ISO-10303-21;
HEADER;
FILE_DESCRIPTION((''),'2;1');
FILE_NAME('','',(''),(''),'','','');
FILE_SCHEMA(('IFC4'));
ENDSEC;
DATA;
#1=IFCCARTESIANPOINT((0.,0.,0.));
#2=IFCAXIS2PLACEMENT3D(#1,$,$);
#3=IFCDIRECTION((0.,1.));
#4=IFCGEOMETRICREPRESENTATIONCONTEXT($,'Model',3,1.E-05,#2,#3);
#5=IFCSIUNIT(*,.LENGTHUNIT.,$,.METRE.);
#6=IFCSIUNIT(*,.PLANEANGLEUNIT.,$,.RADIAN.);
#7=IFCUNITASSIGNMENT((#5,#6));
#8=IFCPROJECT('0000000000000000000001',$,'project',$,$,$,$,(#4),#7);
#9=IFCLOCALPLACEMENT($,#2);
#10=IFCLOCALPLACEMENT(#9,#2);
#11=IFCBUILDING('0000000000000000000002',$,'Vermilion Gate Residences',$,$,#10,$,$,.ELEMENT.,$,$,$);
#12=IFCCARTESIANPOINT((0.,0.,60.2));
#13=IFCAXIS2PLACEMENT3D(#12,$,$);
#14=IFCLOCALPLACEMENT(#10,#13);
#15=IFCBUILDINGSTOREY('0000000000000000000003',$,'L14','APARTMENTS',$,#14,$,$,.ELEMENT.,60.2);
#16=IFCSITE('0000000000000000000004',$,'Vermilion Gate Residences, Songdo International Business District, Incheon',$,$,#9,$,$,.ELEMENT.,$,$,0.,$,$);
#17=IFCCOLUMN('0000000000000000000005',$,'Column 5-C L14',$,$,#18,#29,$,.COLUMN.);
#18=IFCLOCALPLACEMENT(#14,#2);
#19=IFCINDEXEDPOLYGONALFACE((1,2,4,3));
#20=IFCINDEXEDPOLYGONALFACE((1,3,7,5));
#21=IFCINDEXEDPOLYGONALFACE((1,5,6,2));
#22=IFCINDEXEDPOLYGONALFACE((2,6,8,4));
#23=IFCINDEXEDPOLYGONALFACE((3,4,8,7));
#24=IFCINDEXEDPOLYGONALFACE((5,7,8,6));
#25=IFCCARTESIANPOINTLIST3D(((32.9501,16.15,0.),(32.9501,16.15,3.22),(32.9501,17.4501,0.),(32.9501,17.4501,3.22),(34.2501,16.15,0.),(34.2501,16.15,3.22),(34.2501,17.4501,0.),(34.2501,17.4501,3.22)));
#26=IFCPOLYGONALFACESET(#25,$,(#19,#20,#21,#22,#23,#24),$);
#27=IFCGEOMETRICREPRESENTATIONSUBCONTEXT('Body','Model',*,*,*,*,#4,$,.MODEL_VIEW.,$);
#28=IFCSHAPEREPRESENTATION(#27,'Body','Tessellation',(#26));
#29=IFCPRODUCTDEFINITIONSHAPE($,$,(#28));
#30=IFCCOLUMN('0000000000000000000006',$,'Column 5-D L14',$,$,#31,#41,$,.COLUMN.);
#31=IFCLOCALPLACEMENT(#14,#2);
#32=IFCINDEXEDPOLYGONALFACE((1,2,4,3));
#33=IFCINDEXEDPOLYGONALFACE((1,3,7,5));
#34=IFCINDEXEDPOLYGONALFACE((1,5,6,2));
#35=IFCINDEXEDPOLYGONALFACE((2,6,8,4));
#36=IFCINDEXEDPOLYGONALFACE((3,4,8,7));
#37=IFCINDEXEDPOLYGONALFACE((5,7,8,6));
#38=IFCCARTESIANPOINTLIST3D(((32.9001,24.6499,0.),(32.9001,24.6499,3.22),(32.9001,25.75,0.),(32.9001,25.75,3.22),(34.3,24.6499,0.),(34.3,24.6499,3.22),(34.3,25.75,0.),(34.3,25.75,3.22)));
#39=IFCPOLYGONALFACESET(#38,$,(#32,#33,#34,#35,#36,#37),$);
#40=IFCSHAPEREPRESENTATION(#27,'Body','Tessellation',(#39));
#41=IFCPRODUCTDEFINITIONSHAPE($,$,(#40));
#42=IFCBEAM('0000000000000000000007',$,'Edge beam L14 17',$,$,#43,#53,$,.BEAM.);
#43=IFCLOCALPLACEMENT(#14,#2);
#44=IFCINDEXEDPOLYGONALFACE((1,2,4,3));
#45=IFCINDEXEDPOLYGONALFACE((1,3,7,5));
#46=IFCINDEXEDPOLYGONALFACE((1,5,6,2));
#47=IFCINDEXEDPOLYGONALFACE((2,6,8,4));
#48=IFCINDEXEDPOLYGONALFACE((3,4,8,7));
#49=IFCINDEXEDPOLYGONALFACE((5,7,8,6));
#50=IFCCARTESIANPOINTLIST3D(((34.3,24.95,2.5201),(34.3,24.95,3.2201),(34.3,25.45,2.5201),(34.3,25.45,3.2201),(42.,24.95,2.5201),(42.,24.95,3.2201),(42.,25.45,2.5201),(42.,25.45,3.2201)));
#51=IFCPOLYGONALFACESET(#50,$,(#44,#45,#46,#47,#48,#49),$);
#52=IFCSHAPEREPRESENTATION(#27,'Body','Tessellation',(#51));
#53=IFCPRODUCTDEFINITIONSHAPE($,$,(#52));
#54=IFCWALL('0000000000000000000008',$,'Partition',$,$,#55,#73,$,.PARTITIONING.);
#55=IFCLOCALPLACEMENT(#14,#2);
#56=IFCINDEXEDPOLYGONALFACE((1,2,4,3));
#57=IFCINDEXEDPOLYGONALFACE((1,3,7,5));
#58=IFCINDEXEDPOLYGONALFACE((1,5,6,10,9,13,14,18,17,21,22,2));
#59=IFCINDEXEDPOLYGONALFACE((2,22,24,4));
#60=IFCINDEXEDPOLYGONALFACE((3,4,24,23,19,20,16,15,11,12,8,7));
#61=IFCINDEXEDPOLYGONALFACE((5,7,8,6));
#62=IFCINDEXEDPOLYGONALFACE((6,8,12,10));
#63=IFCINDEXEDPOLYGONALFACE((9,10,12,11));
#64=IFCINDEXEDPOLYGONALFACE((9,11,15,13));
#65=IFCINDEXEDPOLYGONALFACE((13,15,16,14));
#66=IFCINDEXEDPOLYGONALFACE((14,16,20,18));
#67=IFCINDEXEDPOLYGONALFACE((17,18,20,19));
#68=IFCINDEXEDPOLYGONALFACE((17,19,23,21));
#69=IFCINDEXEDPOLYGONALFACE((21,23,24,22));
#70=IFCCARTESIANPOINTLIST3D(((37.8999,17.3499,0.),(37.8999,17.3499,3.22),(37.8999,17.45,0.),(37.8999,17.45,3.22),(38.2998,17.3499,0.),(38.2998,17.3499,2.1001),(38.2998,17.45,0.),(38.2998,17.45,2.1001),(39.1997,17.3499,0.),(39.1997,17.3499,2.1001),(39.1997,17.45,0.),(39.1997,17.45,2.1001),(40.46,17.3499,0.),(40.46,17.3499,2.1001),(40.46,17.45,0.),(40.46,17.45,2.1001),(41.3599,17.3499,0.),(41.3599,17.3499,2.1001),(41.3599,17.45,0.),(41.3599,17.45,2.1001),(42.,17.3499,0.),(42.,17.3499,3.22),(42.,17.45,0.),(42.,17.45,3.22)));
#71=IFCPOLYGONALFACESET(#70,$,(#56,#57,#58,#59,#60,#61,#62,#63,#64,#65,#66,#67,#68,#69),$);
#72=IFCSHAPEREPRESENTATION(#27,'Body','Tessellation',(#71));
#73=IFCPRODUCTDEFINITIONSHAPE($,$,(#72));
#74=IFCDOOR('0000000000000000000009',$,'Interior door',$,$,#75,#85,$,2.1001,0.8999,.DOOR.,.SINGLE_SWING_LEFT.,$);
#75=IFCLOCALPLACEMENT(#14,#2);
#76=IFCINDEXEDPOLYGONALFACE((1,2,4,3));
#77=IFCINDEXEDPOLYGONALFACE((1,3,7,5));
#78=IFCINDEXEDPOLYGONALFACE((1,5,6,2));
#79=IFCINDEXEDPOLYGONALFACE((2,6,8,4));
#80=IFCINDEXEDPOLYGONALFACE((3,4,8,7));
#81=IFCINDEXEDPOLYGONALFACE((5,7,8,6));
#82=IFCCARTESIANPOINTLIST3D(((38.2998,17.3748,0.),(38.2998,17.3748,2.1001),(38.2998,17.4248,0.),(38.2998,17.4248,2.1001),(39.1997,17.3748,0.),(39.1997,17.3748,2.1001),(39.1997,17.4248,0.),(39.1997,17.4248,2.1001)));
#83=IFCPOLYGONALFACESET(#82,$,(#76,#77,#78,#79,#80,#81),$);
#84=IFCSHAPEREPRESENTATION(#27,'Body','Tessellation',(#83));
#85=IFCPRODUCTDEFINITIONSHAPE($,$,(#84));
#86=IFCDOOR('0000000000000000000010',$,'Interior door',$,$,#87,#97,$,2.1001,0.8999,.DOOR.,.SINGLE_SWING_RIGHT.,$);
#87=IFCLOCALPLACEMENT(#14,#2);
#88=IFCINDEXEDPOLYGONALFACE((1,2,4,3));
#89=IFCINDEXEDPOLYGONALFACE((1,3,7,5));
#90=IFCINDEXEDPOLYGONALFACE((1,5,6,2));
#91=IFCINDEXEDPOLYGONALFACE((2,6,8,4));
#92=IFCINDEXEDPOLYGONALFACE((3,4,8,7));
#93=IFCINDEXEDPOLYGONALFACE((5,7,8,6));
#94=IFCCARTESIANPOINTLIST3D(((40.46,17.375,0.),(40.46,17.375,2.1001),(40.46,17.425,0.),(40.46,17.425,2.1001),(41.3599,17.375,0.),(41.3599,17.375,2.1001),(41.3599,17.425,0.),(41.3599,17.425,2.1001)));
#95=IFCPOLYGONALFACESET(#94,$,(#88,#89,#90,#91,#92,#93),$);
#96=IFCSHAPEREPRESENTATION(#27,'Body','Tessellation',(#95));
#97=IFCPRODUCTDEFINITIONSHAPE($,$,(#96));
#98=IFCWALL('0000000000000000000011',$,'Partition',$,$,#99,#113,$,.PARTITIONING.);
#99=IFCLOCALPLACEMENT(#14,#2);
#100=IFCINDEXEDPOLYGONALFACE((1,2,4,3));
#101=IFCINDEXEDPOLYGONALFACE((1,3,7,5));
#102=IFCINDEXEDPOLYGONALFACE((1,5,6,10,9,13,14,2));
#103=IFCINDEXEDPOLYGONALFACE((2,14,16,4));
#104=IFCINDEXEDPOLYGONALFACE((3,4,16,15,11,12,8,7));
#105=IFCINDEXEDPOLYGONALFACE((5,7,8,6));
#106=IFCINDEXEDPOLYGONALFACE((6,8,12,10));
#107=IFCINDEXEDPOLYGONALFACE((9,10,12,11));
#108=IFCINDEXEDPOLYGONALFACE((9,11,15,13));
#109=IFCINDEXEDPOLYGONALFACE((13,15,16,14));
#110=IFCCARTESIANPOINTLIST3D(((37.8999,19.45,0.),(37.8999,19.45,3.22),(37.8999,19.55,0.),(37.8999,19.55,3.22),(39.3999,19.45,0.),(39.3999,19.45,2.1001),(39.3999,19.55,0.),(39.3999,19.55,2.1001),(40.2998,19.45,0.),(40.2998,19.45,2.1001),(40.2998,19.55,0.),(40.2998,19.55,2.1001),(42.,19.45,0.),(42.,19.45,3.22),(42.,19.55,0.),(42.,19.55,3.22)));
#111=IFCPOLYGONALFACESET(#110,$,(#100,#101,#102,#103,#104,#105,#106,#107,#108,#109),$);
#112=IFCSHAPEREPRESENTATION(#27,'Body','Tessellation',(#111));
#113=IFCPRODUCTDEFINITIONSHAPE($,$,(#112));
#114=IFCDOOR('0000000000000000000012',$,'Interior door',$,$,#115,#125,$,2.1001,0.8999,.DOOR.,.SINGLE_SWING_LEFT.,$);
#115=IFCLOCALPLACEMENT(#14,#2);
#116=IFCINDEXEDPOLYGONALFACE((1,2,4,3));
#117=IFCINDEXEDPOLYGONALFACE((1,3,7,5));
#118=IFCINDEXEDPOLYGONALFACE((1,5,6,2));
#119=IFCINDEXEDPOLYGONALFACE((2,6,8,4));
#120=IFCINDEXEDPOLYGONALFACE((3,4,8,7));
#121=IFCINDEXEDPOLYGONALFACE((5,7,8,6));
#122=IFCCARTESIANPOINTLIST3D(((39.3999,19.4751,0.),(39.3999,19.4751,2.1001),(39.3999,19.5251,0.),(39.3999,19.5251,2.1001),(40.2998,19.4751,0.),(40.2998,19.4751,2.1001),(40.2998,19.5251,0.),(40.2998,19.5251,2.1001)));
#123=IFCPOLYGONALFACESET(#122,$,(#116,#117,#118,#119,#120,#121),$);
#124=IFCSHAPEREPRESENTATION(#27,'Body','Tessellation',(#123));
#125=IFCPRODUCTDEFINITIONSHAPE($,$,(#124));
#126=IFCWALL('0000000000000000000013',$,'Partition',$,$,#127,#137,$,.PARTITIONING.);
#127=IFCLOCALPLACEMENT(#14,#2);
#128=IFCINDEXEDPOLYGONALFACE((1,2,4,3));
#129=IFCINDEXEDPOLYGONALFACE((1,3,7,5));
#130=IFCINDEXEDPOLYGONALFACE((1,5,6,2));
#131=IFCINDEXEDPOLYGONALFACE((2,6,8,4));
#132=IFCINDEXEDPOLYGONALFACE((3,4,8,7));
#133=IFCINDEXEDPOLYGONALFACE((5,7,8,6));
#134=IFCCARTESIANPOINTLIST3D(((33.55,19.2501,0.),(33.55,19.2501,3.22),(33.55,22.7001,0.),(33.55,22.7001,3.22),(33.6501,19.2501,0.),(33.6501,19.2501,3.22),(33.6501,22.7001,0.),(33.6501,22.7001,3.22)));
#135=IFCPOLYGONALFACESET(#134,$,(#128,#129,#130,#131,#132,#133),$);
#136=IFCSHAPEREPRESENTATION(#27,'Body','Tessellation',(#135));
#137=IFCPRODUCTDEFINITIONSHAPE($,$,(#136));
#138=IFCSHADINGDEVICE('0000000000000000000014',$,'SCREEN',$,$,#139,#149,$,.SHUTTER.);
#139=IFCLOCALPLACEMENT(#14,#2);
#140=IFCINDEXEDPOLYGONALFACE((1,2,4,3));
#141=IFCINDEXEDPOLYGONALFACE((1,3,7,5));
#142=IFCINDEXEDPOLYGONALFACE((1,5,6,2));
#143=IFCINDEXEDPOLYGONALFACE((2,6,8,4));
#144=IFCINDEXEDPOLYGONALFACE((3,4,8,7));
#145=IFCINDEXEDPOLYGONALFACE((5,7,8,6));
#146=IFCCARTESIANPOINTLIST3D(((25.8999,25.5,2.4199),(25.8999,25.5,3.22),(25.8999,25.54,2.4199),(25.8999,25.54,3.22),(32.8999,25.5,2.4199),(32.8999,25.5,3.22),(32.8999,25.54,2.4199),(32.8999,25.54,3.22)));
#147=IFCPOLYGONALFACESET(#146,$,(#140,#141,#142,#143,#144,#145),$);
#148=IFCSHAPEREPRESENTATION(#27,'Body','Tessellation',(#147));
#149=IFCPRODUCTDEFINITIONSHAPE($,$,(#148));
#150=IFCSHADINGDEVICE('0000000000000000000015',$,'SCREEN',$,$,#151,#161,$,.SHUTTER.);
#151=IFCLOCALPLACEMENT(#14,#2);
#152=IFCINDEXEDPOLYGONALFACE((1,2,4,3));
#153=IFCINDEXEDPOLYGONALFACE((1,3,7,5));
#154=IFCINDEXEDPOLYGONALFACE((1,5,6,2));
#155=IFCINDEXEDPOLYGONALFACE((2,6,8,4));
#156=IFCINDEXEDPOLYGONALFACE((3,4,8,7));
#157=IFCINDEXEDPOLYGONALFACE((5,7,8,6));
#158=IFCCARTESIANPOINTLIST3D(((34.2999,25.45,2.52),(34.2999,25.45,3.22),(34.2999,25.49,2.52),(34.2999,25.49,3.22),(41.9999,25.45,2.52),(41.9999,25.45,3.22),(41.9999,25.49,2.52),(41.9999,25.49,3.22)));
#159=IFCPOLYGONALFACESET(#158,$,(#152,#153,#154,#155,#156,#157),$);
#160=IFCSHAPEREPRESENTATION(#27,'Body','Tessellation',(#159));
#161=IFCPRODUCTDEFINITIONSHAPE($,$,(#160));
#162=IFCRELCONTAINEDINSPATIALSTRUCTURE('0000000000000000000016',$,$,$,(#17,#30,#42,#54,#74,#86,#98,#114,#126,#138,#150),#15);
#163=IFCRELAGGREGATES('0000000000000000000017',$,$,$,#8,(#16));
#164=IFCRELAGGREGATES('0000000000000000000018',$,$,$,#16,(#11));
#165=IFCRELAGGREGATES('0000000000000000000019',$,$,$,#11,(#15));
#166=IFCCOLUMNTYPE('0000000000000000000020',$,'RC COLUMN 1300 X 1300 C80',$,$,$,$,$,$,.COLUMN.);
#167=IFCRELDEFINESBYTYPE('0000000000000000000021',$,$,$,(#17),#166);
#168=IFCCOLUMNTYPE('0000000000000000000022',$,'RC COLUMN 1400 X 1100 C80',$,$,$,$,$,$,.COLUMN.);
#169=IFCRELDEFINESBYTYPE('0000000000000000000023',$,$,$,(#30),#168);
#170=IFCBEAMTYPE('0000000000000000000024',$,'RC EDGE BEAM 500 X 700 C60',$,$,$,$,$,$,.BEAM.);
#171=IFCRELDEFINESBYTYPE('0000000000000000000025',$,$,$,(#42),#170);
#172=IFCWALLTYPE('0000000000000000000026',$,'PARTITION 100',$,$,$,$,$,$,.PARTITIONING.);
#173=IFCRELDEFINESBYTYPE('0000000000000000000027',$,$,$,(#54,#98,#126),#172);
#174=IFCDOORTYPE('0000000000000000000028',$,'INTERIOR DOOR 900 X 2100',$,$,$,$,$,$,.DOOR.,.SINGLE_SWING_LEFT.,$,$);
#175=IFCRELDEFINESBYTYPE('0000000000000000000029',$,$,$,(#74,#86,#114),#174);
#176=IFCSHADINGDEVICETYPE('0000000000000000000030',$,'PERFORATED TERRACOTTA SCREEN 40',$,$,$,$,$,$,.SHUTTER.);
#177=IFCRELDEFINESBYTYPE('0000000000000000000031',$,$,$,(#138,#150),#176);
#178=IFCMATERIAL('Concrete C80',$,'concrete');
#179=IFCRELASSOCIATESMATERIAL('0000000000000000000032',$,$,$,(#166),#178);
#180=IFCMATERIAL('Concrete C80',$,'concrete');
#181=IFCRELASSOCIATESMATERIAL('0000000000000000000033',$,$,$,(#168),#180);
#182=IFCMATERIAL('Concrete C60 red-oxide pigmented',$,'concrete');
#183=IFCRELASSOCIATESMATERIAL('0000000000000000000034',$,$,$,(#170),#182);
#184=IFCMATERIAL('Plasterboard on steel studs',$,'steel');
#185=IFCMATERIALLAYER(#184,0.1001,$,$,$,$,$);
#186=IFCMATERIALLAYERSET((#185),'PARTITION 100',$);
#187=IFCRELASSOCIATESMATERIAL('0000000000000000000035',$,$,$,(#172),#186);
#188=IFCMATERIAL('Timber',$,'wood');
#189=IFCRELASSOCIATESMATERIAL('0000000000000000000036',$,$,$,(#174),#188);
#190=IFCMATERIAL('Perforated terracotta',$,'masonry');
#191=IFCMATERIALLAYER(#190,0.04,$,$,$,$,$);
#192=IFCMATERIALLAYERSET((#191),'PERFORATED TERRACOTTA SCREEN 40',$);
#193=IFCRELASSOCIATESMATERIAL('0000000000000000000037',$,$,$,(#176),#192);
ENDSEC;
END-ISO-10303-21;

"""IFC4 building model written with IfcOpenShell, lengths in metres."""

from ifc_helpers import new_model, si_unit, direction, frame, frame_2d, origin, origin_2d, place, context, subcontext, project, spatial, rectangle, extrude, material, layer, layer_set, material_profile, profile_set, type_object, element, fill, save


model = new_model("IFC4")

# Units and contexts
model_context = context("Model", 3, precision=1e-05, world=origin(), true_north=direction((0.0, 1.0)))
body_context = subcontext(model_context, "Body", "Model", "MODEL_VIEW")
ifc_project = project(units=[si_unit("LENGTHUNIT", "METRE"), si_unit("PLANEANGLEUNIT", "RADIAN")], contexts=[model_context])

# Site, building, storey
site_placement = place(None, origin())
site = spatial("IfcSite", under=ifc_project, at=site_placement, Name="Vermilion Gate Residences, Songdo International Business District, Incheon", CompositionType="ELEMENT", RefElevation=0.0)
building_placement = place(site_placement, origin())
building = spatial("IfcBuilding", under=site, at=building_placement, Name="Vermilion Gate Residences", CompositionType="ELEMENT")
storey_placement = place(building_placement, frame((0.0, 0.0, 60.2)))
storey = spatial("IfcBuildingStorey", under=building, at=storey_placement, Name="L14", Description="APARTMENTS", CompositionType="ELEMENT", Elevation=60.2)

# Columns
ifc_material_1 = material(Name="Concrete C80", Category="concrete")
ifc_material_profile_1 = material_profile(ifc_material_1, rectangle(XDim=1.3, YDim=1.3, at=origin_2d()), Name="RC-1300x1300")
ifc_profile_set_1 = profile_set([ifc_material_profile_1], Name="Concrete C80")
column_type_1 = type_object("IfcColumnType", Name="RC COLUMN 1300 X 1300 C80", PredefinedType="COLUMN", material=ifc_profile_set_1)
column_1_placement = place(storey_placement, frame((33.6001, 16.8, 0.0), z_axis=(0.0, 0.0, 1.0), x_axis=(1.0, 0.0, 0.0)))
element("IfcColumn", 1, at=column_1_placement, inside=storey, type_object=column_type_1, Name="Column 5-C L14", PredefinedType="COLUMN", context=body_context, shape_type="SweptSolid", body=[
    extrude(rectangle(XDim=1.3, YDim=1.3, at=origin_2d()), origin(), (0.0, 0.0, 1.0), 3.22),
])
ifc_material_2 = material(Name="Concrete C80", Category="concrete")
ifc_material_profile_2 = material_profile(ifc_material_2, rectangle(XDim=1.3999, YDim=1.1001, at=origin_2d()), Name="RC-1400x1100")
ifc_profile_set_2 = profile_set([ifc_material_profile_2], Name="Concrete C80")
column_type_2 = type_object("IfcColumnType", Name="RC COLUMN 1400 X 1100 C80", PredefinedType="COLUMN", material=ifc_profile_set_2)
column_2_placement = place(storey_placement, frame((33.6001, 25.2, 0.0), z_axis=(0.0, 0.0, 1.0), x_axis=(1.0, 0.0, 0.0)))
element("IfcColumn", 2, at=column_2_placement, inside=storey, type_object=column_type_2, Name="Column 5-D L14", PredefinedType="COLUMN", context=body_context, shape_type="SweptSolid", body=[
    extrude(rectangle(XDim=1.3999, YDim=1.1001, at=origin_2d()), origin(), (0.0, 0.0, 1.0), 3.22),
])

# Beam
ifc_material_3 = material(Name="Concrete C60 red-oxide pigmented", Category="concrete")
ifc_material_profile_3 = material_profile(ifc_material_3, rectangle(XDim=0.5, YDim=0.7, at=origin_2d()), Name="RC-500x700")
ifc_profile_set_3 = profile_set([ifc_material_profile_3], Name="Concrete C60 red-oxide pigmented")
beam_type = type_object("IfcBeamType", Name="RC EDGE BEAM 500 X 700 C60", PredefinedType="BEAM", material=ifc_profile_set_3)
beam_placement = place(storey_placement, frame((34.3, 25.2, 2.8701), z_axis=(1.0, 0.0, 0.0), x_axis=(0.0, 1.0, 0.0)))
element("IfcBeam", 3, at=beam_placement, inside=storey, type_object=beam_type, Name="Edge beam L14 17", PredefinedType="BEAM", context=body_context, shape_type="SweptSolid", body=[
    extrude(rectangle(XDim=0.5, YDim=0.7, at=origin_2d()), origin(), (0.0, 0.0, 1.0), 7.7),
])

# Wall, openings, doors
ifc_material_4 = material(Name="Plasterboard on steel studs", Category="steel")
ifc_layer_1 = layer(ifc_material_4, 0.1001)
ifc_layer_set_1 = layer_set([ifc_layer_1], Name="PARTITION 100")
wall_type = type_object("IfcWallType", Name="PARTITION 100", PredefinedType="PARTITIONING", material=ifc_layer_set_1)
wall_1_placement = place(storey_placement, frame((37.8999, 17.3999, 0.0), z_axis=(0.0, 0.0, 1.0), x_axis=(1.0, 0.0, 0.0)))
wall_1 = element("IfcWall", 4, at=wall_1_placement, inside=storey, type_object=wall_type, Name="Partition", PredefinedType="PARTITIONING", context=body_context, shape_type="SweptSolid", body=[
    extrude(rectangle(XDim=4.1001, YDim=0.1001, at=frame_2d((2.05, 0.0))), origin(), (0.0, 0.0, 1.0), 3.22),
])
opening_1_placement = place(wall_1_placement, frame((0.3999, 0.0, 0.0)))
opening_1 = element("IfcOpeningElement", 5, at=opening_1_placement, cuts=wall_1, PredefinedType="OPENING", context=body_context, shape_type="SweptSolid", body=[
    extrude(rectangle(XDim=0.8999, YDim=2.1001, at=frame_2d((0.45, 1.05))), frame((0.0, 0.0601, 0.0), z_axis=(0.0, -1.0, 0.0), x_axis=(1.0, 0.0, 0.0)), (0.0, 0.0, 1.0), 0.1201),
])
opening_2_placement = place(wall_1_placement, frame((2.5601, 0.0, 0.0)))
opening_2 = element("IfcOpeningElement", 6, at=opening_2_placement, cuts=wall_1, PredefinedType="OPENING", context=body_context, shape_type="SweptSolid", body=[
    extrude(rectangle(XDim=0.8999, YDim=2.1001, at=frame_2d((0.45, 1.05))), frame((0.0, 0.0601, 0.0), z_axis=(0.0, -1.0, 0.0), x_axis=(1.0, 0.0, 0.0)), (0.0, 0.0, 1.0), 0.1201),
])
ifc_material_5 = material(Name="Timber", Category="wood")
door_type = type_object("IfcDoorType", Name="INTERIOR DOOR 900 X 2100", OperationType="SINGLE_SWING_LEFT", PredefinedType="DOOR", material=ifc_material_5)
door_1_placement = place(opening_1_placement, origin())
door_1 = element("IfcDoor", 7, at=door_1_placement, inside=storey, type_object=door_type, Name="Interior door", OperationType="SINGLE_SWING_LEFT", OverallHeight=2.1001, OverallWidth=0.8999, PredefinedType="DOOR", context=body_context, shape_type="SweptSolid", body=[
    extrude(rectangle(XDim=0.8999, YDim=2.1001, at=frame_2d((0.45, 1.05))), frame((0.0, 0.0249, 0.0), z_axis=(0.0, -1.0, 0.0), x_axis=(1.0, 0.0, 0.0)), (0.0, 0.0, 1.0), 0.05),
])
fill(opening_1, door_1)
door_2_placement = place(opening_2_placement, frame((0.8999, 0.0, 0.0), z_axis=(0.0, 0.0, 1.0), x_axis=(-1.0, 0.0, 0.0)))
door_2 = element("IfcDoor", 8, at=door_2_placement, inside=storey, type_object=door_type, Name="Interior door", OperationType="SINGLE_SWING_RIGHT", OverallHeight=2.1001, OverallWidth=0.8999, PredefinedType="DOOR", context=body_context, shape_type="SweptSolid", body=[
    extrude(rectangle(XDim=0.8999, YDim=2.1001, at=frame_2d((0.45, 1.05))), frame((0.0, 0.0249, 0.0), z_axis=(0.0, -1.0, 0.0), x_axis=(1.0, 0.0, 0.0)), (0.0, 0.0, 1.0), 0.05),
])
fill(opening_2, door_2)

# Wall, opening, door
wall_2_placement = place(storey_placement, frame((37.8999, 19.5, 0.0), z_axis=(0.0, 0.0, 1.0), x_axis=(1.0, 0.0, 0.0)))
wall_2 = element("IfcWall", 9, at=wall_2_placement, inside=storey, type_object=wall_type, Name="Partition", PredefinedType="PARTITIONING", context=body_context, shape_type="SweptSolid", body=[
    extrude(rectangle(XDim=4.1001, YDim=0.1001, at=frame_2d((2.05, 0.0))), origin(), (0.0, 0.0, 1.0), 3.22),
])
opening_3_placement = place(wall_2_placement, frame((1.5, 0.0, 0.0)))
opening_3 = element("IfcOpeningElement", 10, at=opening_3_placement, cuts=wall_2, PredefinedType="OPENING", context=body_context, shape_type="SweptSolid", body=[
    extrude(rectangle(XDim=0.8999, YDim=2.1001, at=frame_2d((0.45, 1.05))), frame((0.0, 0.0601, 0.0), z_axis=(0.0, -1.0, 0.0), x_axis=(1.0, 0.0, 0.0)), (0.0, 0.0, 1.0), 0.1201),
])
door_3_placement = place(opening_3_placement, frame((0.8999, 0.0, 0.0), z_axis=(0.0, 0.0, 1.0), x_axis=(-1.0, 0.0, 0.0)))
door_3 = element("IfcDoor", 11, at=door_3_placement, inside=storey, type_object=door_type, Name="Interior door", OperationType="SINGLE_SWING_LEFT", OverallHeight=2.1001, OverallWidth=0.8999, PredefinedType="DOOR", context=body_context, shape_type="SweptSolid", body=[
    extrude(rectangle(XDim=0.8999, YDim=2.1001, at=frame_2d((0.45, 1.05))), frame((0.0, 0.0249, 0.0), z_axis=(0.0, -1.0, 0.0), x_axis=(1.0, 0.0, 0.0)), (0.0, 0.0, 1.0), 0.05),
])
fill(opening_3, door_3)

# Wall
wall_3_placement = place(storey_placement, frame((33.6001, 19.25, 0.0), z_axis=(0.0, 0.0, 1.0), x_axis=(0.0, 1.0, 0.0)))
element("IfcWall", 12, at=wall_3_placement, inside=storey, type_object=wall_type, Name="Partition", PredefinedType="PARTITIONING", context=body_context, shape_type="SweptSolid", body=[
    extrude(rectangle(XDim=3.45, YDim=0.1001, at=frame_2d((1.7251, 0.0))), origin(), (0.0, 0.0, 1.0), 3.22),
])

# Shading devices
ifc_material_6 = material(Name="Perforated terracotta", Category="masonry")
ifc_layer_2 = layer(ifc_material_6, 0.04)
ifc_layer_set_2 = layer_set([ifc_layer_2], Name="PERFORATED TERRACOTTA SCREEN 40")
shading_device_type_1 = type_object("IfcShadingDeviceType", Name="PERFORATED TERRACOTTA SCREEN 40", PredefinedType="SHUTTER", material=ifc_layer_set_2)
shading_device_1_placement = place(storey_placement, frame((29.3999, 25.52, 2.4199), z_axis=(0.0, 0.0, 1.0), x_axis=(-1.0, 0.0, 0.0)))
element("IfcShadingDevice", 13, at=shading_device_1_placement, inside=storey, type_object=shading_device_type_1, Name="SCREEN", PredefinedType="SHUTTER", context=body_context, shape_type="SweptSolid", body=[
    extrude(rectangle(XDim=7.0, YDim=0.04, at=origin_2d()), origin(), (0.0, 0.0, 1.0), 0.8),
])
shading_device_2_placement = place(storey_placement, frame((38.1499, 25.47, 2.52), z_axis=(0.0, 0.0, 1.0), x_axis=(-1.0, 0.0, 0.0)))
element("IfcShadingDevice", 14, at=shading_device_2_placement, inside=storey, type_object=shading_device_type_1, Name="SCREEN", PredefinedType="SHUTTER", context=body_context, shape_type="SweptSolid", body=[
    extrude(rectangle(XDim=7.7, YDim=0.04, at=origin_2d()), origin(), (0.0, 0.0, 1.0), 0.7),
])

save(model, "model.ifc")
